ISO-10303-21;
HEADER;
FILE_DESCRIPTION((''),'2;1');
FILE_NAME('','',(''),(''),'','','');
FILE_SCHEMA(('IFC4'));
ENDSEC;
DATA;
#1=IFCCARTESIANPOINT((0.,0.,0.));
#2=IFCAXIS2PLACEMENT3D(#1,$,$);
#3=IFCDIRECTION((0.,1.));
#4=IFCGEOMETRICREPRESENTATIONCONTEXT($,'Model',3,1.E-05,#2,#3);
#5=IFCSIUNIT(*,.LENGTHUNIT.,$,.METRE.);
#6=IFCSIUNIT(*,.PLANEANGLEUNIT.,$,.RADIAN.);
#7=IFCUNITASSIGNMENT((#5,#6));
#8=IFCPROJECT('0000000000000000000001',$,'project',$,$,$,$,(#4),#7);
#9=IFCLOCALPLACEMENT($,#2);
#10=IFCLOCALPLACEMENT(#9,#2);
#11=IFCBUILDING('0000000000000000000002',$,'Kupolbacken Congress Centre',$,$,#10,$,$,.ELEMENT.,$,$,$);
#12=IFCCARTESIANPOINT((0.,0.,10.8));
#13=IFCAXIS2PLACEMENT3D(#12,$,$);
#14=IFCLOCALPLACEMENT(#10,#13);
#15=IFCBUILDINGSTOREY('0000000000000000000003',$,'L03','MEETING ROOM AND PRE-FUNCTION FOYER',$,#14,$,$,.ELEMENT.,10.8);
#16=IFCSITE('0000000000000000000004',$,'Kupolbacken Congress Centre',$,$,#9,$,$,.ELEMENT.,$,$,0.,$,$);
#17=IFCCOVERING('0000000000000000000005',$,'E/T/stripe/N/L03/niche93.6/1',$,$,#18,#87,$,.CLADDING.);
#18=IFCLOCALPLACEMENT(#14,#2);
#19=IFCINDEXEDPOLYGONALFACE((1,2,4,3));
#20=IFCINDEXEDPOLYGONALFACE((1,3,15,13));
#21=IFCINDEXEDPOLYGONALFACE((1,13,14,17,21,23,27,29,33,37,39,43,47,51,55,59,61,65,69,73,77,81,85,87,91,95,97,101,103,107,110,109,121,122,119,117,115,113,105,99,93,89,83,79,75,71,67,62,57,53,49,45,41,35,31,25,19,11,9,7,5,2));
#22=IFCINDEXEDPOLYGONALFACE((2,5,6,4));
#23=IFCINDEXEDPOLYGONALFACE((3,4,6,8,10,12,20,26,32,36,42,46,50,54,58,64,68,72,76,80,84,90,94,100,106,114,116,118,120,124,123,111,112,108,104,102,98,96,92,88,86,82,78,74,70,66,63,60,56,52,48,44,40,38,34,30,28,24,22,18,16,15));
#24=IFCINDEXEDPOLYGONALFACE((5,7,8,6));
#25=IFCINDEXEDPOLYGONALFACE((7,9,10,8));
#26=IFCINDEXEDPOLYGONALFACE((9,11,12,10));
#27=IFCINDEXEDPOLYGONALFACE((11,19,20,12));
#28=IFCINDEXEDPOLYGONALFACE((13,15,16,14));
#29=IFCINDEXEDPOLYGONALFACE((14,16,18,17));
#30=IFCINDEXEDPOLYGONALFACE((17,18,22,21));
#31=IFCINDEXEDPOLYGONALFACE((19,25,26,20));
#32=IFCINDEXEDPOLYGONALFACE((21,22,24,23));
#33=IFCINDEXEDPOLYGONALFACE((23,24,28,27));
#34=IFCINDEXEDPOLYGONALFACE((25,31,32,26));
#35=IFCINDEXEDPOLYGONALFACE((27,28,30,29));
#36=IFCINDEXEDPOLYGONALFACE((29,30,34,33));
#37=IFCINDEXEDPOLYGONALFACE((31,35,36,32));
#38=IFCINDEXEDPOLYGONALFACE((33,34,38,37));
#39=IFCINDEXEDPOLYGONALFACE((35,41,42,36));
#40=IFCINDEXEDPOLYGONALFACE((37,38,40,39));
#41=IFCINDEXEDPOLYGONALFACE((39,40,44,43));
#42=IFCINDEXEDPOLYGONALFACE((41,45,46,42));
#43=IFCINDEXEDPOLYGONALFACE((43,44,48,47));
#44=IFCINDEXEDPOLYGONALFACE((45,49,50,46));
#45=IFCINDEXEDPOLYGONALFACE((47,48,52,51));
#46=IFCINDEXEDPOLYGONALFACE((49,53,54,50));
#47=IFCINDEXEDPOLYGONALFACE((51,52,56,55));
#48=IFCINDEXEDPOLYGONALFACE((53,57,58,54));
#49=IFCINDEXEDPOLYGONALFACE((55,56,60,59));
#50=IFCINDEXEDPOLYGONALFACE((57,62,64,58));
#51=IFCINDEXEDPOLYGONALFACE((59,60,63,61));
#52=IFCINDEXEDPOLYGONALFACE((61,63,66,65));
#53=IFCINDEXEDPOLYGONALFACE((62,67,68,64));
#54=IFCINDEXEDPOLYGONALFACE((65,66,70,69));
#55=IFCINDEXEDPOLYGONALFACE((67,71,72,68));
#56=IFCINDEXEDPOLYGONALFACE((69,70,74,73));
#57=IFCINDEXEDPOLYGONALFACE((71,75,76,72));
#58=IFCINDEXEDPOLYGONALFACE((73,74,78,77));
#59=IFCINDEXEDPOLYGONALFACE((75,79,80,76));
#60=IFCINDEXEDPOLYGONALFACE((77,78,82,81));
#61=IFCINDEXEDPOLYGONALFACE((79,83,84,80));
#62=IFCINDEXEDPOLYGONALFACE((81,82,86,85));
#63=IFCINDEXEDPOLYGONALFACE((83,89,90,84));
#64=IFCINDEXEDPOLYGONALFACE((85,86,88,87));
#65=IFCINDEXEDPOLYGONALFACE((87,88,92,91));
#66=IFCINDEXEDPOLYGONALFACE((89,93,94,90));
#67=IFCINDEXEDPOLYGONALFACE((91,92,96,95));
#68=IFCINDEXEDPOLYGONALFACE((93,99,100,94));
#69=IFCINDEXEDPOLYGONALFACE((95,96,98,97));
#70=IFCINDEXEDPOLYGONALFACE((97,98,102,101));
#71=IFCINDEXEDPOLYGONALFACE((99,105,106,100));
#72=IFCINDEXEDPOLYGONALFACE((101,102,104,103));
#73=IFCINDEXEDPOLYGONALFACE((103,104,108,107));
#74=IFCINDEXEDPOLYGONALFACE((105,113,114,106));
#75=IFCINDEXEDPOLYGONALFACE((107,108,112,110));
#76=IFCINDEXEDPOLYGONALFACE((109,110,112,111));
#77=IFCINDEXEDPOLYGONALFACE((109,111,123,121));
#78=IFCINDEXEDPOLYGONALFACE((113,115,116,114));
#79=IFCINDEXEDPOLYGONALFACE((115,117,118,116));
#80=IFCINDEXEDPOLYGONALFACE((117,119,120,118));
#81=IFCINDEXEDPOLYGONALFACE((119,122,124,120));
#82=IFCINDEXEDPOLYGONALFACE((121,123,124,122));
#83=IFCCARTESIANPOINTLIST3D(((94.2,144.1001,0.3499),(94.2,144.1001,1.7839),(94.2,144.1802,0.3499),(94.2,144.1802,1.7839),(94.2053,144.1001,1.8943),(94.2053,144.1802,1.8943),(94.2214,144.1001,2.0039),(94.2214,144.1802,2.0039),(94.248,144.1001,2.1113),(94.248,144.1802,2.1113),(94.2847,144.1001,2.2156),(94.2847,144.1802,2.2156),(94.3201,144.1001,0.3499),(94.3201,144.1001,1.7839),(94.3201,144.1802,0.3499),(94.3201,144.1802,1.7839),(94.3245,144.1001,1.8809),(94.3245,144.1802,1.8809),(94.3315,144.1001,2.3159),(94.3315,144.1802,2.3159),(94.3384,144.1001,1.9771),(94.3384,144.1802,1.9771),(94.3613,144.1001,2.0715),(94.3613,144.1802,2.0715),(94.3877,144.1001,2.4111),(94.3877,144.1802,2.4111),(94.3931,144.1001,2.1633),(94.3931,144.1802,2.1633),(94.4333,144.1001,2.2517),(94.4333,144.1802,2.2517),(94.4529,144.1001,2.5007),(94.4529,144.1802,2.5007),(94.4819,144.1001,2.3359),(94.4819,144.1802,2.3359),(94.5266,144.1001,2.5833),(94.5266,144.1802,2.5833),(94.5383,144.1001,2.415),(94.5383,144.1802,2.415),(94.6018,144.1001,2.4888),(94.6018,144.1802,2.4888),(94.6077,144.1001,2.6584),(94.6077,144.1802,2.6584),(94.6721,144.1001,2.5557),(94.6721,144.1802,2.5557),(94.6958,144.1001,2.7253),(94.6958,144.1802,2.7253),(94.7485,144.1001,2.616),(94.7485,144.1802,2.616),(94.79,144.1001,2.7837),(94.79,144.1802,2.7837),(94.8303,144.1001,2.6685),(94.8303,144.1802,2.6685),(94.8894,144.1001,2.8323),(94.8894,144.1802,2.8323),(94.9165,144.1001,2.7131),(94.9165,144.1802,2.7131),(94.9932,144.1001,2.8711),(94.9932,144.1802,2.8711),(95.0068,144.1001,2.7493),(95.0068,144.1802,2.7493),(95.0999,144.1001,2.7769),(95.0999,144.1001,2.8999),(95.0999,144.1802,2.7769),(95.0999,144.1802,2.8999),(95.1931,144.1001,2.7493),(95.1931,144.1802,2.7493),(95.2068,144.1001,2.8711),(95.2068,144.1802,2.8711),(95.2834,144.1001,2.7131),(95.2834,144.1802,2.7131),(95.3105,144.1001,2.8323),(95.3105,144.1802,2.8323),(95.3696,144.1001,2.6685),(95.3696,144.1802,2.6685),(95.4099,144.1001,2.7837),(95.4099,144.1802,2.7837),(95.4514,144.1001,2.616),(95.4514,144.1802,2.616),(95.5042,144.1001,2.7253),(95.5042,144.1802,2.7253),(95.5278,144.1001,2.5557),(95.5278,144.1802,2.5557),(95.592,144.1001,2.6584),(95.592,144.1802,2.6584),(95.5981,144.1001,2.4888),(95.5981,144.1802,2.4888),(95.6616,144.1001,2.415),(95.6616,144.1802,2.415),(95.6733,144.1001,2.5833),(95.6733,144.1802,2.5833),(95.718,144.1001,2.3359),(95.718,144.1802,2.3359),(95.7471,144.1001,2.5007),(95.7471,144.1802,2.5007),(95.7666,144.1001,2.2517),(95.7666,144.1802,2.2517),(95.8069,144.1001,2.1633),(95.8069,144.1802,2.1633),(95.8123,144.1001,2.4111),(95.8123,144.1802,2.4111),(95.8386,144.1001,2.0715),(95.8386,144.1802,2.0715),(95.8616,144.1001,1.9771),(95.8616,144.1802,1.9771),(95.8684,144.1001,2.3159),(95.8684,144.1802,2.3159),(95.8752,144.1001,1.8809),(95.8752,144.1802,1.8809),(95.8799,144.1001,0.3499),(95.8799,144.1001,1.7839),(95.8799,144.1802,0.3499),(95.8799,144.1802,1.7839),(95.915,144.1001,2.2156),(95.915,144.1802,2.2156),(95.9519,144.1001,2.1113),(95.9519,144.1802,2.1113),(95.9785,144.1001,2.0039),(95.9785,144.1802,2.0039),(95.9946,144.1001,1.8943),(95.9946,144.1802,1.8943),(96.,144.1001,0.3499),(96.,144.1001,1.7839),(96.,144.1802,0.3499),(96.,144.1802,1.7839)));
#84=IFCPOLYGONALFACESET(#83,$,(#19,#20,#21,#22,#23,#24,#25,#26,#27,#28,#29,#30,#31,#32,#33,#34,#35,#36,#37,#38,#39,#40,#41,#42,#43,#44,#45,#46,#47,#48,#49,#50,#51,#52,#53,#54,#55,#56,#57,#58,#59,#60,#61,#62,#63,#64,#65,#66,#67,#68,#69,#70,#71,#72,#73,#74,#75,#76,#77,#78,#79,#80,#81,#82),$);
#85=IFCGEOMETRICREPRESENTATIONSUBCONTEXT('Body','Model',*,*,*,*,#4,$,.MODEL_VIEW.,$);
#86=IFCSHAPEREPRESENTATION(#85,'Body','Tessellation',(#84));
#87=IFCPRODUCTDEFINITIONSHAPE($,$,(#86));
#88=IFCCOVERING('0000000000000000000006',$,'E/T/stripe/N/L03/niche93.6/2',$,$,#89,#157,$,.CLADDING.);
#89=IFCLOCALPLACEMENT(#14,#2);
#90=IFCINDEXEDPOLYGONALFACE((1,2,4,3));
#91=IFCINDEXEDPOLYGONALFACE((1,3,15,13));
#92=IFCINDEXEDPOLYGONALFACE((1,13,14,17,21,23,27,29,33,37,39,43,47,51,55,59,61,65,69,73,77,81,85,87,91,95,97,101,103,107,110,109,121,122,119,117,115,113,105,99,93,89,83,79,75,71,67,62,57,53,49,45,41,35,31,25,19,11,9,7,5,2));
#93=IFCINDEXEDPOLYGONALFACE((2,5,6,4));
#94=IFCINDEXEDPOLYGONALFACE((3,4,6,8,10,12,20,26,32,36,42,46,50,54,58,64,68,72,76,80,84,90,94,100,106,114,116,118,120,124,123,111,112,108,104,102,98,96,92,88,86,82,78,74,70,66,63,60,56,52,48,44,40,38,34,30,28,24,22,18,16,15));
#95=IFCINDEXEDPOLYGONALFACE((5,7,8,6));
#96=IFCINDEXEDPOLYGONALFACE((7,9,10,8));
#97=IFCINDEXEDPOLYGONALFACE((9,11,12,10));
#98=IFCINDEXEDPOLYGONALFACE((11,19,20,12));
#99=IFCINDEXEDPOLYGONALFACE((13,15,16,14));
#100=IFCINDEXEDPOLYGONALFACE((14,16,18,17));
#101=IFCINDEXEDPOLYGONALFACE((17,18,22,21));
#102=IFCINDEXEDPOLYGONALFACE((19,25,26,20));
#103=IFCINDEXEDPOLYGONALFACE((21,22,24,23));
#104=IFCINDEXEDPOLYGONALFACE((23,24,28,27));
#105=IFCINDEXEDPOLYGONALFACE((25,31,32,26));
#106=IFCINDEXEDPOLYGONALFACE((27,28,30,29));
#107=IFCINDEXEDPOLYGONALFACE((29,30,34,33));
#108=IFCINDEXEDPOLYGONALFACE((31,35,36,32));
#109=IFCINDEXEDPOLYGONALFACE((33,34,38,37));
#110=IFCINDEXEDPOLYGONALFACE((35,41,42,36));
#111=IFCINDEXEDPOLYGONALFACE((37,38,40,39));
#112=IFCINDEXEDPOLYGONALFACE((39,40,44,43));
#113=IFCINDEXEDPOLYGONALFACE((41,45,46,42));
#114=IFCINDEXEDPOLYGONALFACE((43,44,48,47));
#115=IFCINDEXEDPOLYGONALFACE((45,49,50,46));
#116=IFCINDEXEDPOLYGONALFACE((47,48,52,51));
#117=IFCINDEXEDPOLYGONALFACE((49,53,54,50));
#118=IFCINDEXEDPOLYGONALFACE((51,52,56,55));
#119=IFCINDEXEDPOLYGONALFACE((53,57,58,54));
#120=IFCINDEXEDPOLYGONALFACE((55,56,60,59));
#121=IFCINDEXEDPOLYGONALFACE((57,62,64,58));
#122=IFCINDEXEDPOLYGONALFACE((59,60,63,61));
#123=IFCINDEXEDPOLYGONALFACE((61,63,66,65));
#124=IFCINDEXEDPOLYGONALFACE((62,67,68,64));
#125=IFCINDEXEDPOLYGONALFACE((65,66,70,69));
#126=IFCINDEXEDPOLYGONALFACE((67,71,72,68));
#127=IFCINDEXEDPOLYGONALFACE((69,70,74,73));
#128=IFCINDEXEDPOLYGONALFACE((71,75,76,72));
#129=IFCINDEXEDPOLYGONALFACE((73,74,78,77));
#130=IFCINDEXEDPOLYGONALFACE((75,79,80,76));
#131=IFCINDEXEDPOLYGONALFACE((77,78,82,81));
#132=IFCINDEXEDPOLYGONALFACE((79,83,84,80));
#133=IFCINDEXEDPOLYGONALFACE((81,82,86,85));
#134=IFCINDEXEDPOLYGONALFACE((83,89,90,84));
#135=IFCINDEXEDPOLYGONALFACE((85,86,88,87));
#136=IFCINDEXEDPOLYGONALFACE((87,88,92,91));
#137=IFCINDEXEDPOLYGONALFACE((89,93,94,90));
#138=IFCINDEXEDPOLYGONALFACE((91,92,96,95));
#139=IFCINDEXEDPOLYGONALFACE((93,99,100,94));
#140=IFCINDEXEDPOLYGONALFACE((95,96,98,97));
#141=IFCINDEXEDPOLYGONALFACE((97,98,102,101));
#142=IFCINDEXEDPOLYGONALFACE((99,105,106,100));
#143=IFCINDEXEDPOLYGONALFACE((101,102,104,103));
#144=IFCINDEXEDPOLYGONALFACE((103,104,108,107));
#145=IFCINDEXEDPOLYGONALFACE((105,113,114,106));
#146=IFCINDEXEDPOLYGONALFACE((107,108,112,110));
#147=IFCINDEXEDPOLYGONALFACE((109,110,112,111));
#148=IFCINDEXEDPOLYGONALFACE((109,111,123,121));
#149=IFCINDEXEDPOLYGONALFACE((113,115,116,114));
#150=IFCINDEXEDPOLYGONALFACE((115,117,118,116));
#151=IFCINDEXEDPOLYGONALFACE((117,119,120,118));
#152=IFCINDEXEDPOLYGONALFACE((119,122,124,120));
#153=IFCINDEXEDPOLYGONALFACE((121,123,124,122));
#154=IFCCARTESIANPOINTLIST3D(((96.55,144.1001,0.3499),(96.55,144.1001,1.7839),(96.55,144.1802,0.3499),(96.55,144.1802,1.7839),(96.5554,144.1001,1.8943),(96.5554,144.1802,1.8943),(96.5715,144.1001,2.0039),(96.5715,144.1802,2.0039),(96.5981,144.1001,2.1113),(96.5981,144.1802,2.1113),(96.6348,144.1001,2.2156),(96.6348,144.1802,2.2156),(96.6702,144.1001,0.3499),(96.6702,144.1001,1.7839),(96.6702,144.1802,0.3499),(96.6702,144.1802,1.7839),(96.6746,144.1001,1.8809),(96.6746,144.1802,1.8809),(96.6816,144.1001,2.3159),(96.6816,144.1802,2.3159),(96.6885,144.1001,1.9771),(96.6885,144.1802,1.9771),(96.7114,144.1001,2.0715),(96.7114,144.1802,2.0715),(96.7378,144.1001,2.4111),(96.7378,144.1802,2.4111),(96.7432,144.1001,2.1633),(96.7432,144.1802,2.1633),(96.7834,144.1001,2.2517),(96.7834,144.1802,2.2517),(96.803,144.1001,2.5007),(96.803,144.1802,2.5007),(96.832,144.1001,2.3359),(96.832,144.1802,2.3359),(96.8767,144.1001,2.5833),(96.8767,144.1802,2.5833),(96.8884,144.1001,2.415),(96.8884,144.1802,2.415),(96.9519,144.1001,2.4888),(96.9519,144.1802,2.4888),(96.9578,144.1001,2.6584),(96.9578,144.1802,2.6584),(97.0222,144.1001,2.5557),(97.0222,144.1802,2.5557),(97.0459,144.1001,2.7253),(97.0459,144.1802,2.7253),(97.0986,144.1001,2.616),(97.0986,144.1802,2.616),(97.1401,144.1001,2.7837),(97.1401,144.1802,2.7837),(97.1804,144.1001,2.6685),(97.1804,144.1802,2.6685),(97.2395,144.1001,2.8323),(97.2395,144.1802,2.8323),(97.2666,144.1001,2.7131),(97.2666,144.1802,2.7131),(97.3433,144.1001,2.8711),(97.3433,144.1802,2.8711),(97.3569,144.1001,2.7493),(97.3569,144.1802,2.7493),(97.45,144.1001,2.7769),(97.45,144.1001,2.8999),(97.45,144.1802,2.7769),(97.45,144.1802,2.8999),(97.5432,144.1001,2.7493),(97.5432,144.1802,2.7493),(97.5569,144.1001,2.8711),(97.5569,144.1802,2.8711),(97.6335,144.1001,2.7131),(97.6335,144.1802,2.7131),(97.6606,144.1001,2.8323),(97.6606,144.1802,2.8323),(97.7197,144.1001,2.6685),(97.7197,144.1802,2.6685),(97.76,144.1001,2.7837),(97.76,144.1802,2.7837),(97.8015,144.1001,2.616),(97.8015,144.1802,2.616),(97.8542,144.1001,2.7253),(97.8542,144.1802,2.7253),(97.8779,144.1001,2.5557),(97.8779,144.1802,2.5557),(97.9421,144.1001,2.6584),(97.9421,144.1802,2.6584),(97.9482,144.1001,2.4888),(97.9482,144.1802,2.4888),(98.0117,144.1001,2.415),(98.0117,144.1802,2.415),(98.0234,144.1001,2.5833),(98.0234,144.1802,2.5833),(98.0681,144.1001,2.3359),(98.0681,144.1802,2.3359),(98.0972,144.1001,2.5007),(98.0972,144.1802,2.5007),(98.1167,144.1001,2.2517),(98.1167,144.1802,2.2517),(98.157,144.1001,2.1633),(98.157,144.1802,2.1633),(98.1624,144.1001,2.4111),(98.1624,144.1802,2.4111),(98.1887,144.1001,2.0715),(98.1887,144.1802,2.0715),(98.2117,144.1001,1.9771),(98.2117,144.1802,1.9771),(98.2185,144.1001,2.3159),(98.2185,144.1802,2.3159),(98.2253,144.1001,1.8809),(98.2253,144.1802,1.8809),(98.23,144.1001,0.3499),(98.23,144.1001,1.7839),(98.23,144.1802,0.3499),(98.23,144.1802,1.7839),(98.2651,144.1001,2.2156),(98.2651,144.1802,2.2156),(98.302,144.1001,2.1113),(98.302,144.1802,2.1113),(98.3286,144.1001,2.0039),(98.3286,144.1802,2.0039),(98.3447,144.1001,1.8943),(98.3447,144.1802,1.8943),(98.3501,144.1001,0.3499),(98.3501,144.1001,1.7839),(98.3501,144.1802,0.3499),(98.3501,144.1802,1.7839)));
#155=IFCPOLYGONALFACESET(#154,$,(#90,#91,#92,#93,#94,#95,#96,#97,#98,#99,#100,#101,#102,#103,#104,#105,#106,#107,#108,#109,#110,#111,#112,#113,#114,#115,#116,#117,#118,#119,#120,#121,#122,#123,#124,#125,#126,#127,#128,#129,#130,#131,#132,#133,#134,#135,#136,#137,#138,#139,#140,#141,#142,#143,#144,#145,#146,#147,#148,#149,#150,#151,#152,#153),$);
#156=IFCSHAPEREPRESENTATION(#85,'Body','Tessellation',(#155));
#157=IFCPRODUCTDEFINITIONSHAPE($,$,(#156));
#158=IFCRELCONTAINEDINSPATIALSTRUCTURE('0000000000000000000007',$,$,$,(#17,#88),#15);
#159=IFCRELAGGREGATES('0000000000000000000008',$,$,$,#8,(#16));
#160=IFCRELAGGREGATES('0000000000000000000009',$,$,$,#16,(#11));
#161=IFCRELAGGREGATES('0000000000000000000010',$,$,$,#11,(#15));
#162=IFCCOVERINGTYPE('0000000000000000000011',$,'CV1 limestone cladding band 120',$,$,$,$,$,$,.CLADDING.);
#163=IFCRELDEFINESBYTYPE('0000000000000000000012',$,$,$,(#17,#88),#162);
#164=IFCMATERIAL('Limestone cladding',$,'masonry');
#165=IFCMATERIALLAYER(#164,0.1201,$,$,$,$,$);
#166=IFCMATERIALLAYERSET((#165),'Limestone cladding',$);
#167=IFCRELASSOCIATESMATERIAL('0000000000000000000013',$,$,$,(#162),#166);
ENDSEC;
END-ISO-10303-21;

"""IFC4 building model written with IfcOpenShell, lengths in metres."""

from ifc_helpers import new_model, si_unit, direction, frame, origin, place, context, subcontext, project, spatial, polyline, outline, extrude, material, layer, layer_set, type_object, element, save


model = new_model("IFC4")

# Units and contexts
model_context = context("Model", 3, precision=1e-05, world=origin(), true_north=direction((0.0, 1.0)))
body_context = subcontext(model_context, "Body", "Model", "MODEL_VIEW")
ifc_project = project(units=[si_unit("LENGTHUNIT", "METRE"), si_unit("PLANEANGLEUNIT", "RADIAN")], contexts=[model_context])

# Site, building, storey
site_placement = place(None, origin())
site = spatial("IfcSite", under=ifc_project, at=site_placement, Name="Kupolbacken Congress Centre", CompositionType="ELEMENT", RefElevation=0.0)
building_placement = place(site_placement, origin())
building = spatial("IfcBuilding", under=site, at=building_placement, Name="Kupolbacken Congress Centre", CompositionType="ELEMENT")
storey_placement = place(building_placement, frame((0.0, 0.0, 10.8)))
storey = spatial("IfcBuildingStorey", under=building, at=storey_placement, Name="L03", Description="MEETING ROOM AND PRE-FUNCTION FOYER", CompositionType="ELEMENT", Elevation=10.8)

# Coverings
ifc_material_1 = material(Name="Limestone cladding", Category="masonry")
ifc_layer_1 = layer(ifc_material_1, 0.1201)
ifc_layer_set_1 = layer_set([ifc_layer_1], Name="Limestone cladding")
covering_type = type_object("IfcCoveringType", Name="CV1 limestone cladding band 120", PredefinedType="CLADDING", material=ifc_layer_set_1)
covering_1_placement = place(storey_placement, frame((94.2, 144.1001, 0.3499), z_axis=(0.0, 1.0, 0.0), x_axis=(-1.0, 0.0, 0.0)))
element("IfcCovering", 1, at=covering_1_placement, inside=storey, type_object=covering_type, Name="E/T/stripe/N/L03/niche93.6/1", PredefinedType="CLADDING", context=body_context, shape_type="SweptSolid", body=[
    extrude(outline(polyline([(0.0, 0.0), (0.0, 1.4341), (-0.0054, 1.5444), (-0.0215, 1.6541), (-0.0481, 1.7615), (-0.0847, 1.8657), (-0.1316, 1.9661), (-0.1877, 2.0613), (-0.2529, 2.1509), (-0.3267, 2.2334), (-0.4077, 2.3086), (-0.4958, 2.3755), (-0.5901, 2.4338), (-0.6895, 2.4824), (-0.7932, 2.5212), (-0.8999, 2.55), (-1.0068, 2.5212), (-1.1106, 2.4824), (-1.21, 2.4338), (-1.3042, 2.3755), (-1.3921, 2.3086), (-1.4734, 2.2334), (-1.5471, 2.1509), (-1.6123, 2.0613), (-1.6685, 1.9661), (-1.7151, 1.8657), (-1.752, 1.7615), (-1.7786, 1.6541), (-1.7947, 1.5444), (-1.8, 1.4341), (-1.8, 0.0), (-1.6799, 0.0), (-1.6799, 1.4341), (-1.6753, 1.531), (-1.6616, 1.6272), (-1.6387, 1.7217), (-1.6069, 1.8135), (-1.5667, 1.9019), (-1.5181, 1.9861), (-1.4617, 2.0652), (-1.3982, 2.1389), (-1.3279, 2.2058), (-1.2515, 2.2661), (-1.1697, 2.3186), (-1.0835, 2.3633), (-0.9932, 2.3994), (-0.8999, 2.427), (-0.8069, 2.3994), (-0.7166, 2.3633), (-0.6304, 2.3186), (-0.5486, 2.2661), (-0.4722, 2.2058), (-0.4019, 2.1389), (-0.3384, 2.0652), (-0.282, 1.9861), (-0.2334, 1.9019), (-0.1931, 1.8135), (-0.1614, 1.7217), (-0.1384, 1.6272), (-0.1245, 1.531), (-0.1201, 1.4341), (-0.1201, 0.0), (0.0, 0.0)])), origin(), (0.0, 0.0, 1.0), 0.0801),
])
covering_2_placement = place(storey_placement, frame((96.55, 144.1001, 0.3499), z_axis=(0.0, 1.0, 0.0), x_axis=(-1.0, 0.0, 0.0)))
element("IfcCovering", 2, at=covering_2_placement, inside=storey, type_object=covering_type, Name="E/T/stripe/N/L03/niche93.6/2", PredefinedType="CLADDING", context=body_context, shape_type="SweptSolid", body=[
    extrude(outline(polyline([(0.0, 0.0), (0.0, 1.4341), (-0.0054, 1.5444), (-0.0215, 1.6541), (-0.0481, 1.7615), (-0.0847, 1.8657), (-0.1316, 1.9661), (-0.1877, 2.0613), (-0.2529, 2.1509), (-0.3267, 2.2334), (-0.4077, 2.3086), (-0.4958, 2.3755), (-0.5901, 2.4338), (-0.6895, 2.4824), (-0.7932, 2.5212), (-0.8999, 2.55), (-1.0068, 2.5212), (-1.1106, 2.4824), (-1.21, 2.4338), (-1.3042, 2.3755), (-1.3921, 2.3086), (-1.4734, 2.2334), (-1.5471, 2.1509), (-1.6123, 2.0613), (-1.6685, 1.9661), (-1.7151, 1.8657), (-1.752, 1.7615), (-1.7786, 1.6541), (-1.7947, 1.5444), (-1.8, 1.4341), (-1.8, 0.0), (-1.6799, 0.0), (-1.6799, 1.4341), (-1.6753, 1.531), (-1.6616, 1.6272), (-1.6387, 1.7217), (-1.6069, 1.8135), (-1.5667, 1.9019), (-1.5181, 1.9861), (-1.4617, 2.0652), (-1.3982, 2.1389), (-1.3279, 2.2058), (-1.2515, 2.2661), (-1.1697, 2.3186), (-1.0835, 2.3633), (-0.9932, 2.3994), (-0.8999, 2.427), (-0.8069, 2.3994), (-0.7166, 2.3633), (-0.6304, 2.3186), (-0.5486, 2.2661), (-0.4722, 2.2058), (-0.4019, 2.1389), (-0.3384, 2.0652), (-0.282, 1.9861), (-0.2334, 1.9019), (-0.1931, 1.8135), (-0.1614, 1.7217), (-0.1384, 1.6272), (-0.1245, 1.531), (-0.1201, 1.4341), (-0.1201, 0.0), (0.0, 0.0)])), origin(), (0.0, 0.0, 1.0), 0.0801),
])

save(model, "model.ifc")
